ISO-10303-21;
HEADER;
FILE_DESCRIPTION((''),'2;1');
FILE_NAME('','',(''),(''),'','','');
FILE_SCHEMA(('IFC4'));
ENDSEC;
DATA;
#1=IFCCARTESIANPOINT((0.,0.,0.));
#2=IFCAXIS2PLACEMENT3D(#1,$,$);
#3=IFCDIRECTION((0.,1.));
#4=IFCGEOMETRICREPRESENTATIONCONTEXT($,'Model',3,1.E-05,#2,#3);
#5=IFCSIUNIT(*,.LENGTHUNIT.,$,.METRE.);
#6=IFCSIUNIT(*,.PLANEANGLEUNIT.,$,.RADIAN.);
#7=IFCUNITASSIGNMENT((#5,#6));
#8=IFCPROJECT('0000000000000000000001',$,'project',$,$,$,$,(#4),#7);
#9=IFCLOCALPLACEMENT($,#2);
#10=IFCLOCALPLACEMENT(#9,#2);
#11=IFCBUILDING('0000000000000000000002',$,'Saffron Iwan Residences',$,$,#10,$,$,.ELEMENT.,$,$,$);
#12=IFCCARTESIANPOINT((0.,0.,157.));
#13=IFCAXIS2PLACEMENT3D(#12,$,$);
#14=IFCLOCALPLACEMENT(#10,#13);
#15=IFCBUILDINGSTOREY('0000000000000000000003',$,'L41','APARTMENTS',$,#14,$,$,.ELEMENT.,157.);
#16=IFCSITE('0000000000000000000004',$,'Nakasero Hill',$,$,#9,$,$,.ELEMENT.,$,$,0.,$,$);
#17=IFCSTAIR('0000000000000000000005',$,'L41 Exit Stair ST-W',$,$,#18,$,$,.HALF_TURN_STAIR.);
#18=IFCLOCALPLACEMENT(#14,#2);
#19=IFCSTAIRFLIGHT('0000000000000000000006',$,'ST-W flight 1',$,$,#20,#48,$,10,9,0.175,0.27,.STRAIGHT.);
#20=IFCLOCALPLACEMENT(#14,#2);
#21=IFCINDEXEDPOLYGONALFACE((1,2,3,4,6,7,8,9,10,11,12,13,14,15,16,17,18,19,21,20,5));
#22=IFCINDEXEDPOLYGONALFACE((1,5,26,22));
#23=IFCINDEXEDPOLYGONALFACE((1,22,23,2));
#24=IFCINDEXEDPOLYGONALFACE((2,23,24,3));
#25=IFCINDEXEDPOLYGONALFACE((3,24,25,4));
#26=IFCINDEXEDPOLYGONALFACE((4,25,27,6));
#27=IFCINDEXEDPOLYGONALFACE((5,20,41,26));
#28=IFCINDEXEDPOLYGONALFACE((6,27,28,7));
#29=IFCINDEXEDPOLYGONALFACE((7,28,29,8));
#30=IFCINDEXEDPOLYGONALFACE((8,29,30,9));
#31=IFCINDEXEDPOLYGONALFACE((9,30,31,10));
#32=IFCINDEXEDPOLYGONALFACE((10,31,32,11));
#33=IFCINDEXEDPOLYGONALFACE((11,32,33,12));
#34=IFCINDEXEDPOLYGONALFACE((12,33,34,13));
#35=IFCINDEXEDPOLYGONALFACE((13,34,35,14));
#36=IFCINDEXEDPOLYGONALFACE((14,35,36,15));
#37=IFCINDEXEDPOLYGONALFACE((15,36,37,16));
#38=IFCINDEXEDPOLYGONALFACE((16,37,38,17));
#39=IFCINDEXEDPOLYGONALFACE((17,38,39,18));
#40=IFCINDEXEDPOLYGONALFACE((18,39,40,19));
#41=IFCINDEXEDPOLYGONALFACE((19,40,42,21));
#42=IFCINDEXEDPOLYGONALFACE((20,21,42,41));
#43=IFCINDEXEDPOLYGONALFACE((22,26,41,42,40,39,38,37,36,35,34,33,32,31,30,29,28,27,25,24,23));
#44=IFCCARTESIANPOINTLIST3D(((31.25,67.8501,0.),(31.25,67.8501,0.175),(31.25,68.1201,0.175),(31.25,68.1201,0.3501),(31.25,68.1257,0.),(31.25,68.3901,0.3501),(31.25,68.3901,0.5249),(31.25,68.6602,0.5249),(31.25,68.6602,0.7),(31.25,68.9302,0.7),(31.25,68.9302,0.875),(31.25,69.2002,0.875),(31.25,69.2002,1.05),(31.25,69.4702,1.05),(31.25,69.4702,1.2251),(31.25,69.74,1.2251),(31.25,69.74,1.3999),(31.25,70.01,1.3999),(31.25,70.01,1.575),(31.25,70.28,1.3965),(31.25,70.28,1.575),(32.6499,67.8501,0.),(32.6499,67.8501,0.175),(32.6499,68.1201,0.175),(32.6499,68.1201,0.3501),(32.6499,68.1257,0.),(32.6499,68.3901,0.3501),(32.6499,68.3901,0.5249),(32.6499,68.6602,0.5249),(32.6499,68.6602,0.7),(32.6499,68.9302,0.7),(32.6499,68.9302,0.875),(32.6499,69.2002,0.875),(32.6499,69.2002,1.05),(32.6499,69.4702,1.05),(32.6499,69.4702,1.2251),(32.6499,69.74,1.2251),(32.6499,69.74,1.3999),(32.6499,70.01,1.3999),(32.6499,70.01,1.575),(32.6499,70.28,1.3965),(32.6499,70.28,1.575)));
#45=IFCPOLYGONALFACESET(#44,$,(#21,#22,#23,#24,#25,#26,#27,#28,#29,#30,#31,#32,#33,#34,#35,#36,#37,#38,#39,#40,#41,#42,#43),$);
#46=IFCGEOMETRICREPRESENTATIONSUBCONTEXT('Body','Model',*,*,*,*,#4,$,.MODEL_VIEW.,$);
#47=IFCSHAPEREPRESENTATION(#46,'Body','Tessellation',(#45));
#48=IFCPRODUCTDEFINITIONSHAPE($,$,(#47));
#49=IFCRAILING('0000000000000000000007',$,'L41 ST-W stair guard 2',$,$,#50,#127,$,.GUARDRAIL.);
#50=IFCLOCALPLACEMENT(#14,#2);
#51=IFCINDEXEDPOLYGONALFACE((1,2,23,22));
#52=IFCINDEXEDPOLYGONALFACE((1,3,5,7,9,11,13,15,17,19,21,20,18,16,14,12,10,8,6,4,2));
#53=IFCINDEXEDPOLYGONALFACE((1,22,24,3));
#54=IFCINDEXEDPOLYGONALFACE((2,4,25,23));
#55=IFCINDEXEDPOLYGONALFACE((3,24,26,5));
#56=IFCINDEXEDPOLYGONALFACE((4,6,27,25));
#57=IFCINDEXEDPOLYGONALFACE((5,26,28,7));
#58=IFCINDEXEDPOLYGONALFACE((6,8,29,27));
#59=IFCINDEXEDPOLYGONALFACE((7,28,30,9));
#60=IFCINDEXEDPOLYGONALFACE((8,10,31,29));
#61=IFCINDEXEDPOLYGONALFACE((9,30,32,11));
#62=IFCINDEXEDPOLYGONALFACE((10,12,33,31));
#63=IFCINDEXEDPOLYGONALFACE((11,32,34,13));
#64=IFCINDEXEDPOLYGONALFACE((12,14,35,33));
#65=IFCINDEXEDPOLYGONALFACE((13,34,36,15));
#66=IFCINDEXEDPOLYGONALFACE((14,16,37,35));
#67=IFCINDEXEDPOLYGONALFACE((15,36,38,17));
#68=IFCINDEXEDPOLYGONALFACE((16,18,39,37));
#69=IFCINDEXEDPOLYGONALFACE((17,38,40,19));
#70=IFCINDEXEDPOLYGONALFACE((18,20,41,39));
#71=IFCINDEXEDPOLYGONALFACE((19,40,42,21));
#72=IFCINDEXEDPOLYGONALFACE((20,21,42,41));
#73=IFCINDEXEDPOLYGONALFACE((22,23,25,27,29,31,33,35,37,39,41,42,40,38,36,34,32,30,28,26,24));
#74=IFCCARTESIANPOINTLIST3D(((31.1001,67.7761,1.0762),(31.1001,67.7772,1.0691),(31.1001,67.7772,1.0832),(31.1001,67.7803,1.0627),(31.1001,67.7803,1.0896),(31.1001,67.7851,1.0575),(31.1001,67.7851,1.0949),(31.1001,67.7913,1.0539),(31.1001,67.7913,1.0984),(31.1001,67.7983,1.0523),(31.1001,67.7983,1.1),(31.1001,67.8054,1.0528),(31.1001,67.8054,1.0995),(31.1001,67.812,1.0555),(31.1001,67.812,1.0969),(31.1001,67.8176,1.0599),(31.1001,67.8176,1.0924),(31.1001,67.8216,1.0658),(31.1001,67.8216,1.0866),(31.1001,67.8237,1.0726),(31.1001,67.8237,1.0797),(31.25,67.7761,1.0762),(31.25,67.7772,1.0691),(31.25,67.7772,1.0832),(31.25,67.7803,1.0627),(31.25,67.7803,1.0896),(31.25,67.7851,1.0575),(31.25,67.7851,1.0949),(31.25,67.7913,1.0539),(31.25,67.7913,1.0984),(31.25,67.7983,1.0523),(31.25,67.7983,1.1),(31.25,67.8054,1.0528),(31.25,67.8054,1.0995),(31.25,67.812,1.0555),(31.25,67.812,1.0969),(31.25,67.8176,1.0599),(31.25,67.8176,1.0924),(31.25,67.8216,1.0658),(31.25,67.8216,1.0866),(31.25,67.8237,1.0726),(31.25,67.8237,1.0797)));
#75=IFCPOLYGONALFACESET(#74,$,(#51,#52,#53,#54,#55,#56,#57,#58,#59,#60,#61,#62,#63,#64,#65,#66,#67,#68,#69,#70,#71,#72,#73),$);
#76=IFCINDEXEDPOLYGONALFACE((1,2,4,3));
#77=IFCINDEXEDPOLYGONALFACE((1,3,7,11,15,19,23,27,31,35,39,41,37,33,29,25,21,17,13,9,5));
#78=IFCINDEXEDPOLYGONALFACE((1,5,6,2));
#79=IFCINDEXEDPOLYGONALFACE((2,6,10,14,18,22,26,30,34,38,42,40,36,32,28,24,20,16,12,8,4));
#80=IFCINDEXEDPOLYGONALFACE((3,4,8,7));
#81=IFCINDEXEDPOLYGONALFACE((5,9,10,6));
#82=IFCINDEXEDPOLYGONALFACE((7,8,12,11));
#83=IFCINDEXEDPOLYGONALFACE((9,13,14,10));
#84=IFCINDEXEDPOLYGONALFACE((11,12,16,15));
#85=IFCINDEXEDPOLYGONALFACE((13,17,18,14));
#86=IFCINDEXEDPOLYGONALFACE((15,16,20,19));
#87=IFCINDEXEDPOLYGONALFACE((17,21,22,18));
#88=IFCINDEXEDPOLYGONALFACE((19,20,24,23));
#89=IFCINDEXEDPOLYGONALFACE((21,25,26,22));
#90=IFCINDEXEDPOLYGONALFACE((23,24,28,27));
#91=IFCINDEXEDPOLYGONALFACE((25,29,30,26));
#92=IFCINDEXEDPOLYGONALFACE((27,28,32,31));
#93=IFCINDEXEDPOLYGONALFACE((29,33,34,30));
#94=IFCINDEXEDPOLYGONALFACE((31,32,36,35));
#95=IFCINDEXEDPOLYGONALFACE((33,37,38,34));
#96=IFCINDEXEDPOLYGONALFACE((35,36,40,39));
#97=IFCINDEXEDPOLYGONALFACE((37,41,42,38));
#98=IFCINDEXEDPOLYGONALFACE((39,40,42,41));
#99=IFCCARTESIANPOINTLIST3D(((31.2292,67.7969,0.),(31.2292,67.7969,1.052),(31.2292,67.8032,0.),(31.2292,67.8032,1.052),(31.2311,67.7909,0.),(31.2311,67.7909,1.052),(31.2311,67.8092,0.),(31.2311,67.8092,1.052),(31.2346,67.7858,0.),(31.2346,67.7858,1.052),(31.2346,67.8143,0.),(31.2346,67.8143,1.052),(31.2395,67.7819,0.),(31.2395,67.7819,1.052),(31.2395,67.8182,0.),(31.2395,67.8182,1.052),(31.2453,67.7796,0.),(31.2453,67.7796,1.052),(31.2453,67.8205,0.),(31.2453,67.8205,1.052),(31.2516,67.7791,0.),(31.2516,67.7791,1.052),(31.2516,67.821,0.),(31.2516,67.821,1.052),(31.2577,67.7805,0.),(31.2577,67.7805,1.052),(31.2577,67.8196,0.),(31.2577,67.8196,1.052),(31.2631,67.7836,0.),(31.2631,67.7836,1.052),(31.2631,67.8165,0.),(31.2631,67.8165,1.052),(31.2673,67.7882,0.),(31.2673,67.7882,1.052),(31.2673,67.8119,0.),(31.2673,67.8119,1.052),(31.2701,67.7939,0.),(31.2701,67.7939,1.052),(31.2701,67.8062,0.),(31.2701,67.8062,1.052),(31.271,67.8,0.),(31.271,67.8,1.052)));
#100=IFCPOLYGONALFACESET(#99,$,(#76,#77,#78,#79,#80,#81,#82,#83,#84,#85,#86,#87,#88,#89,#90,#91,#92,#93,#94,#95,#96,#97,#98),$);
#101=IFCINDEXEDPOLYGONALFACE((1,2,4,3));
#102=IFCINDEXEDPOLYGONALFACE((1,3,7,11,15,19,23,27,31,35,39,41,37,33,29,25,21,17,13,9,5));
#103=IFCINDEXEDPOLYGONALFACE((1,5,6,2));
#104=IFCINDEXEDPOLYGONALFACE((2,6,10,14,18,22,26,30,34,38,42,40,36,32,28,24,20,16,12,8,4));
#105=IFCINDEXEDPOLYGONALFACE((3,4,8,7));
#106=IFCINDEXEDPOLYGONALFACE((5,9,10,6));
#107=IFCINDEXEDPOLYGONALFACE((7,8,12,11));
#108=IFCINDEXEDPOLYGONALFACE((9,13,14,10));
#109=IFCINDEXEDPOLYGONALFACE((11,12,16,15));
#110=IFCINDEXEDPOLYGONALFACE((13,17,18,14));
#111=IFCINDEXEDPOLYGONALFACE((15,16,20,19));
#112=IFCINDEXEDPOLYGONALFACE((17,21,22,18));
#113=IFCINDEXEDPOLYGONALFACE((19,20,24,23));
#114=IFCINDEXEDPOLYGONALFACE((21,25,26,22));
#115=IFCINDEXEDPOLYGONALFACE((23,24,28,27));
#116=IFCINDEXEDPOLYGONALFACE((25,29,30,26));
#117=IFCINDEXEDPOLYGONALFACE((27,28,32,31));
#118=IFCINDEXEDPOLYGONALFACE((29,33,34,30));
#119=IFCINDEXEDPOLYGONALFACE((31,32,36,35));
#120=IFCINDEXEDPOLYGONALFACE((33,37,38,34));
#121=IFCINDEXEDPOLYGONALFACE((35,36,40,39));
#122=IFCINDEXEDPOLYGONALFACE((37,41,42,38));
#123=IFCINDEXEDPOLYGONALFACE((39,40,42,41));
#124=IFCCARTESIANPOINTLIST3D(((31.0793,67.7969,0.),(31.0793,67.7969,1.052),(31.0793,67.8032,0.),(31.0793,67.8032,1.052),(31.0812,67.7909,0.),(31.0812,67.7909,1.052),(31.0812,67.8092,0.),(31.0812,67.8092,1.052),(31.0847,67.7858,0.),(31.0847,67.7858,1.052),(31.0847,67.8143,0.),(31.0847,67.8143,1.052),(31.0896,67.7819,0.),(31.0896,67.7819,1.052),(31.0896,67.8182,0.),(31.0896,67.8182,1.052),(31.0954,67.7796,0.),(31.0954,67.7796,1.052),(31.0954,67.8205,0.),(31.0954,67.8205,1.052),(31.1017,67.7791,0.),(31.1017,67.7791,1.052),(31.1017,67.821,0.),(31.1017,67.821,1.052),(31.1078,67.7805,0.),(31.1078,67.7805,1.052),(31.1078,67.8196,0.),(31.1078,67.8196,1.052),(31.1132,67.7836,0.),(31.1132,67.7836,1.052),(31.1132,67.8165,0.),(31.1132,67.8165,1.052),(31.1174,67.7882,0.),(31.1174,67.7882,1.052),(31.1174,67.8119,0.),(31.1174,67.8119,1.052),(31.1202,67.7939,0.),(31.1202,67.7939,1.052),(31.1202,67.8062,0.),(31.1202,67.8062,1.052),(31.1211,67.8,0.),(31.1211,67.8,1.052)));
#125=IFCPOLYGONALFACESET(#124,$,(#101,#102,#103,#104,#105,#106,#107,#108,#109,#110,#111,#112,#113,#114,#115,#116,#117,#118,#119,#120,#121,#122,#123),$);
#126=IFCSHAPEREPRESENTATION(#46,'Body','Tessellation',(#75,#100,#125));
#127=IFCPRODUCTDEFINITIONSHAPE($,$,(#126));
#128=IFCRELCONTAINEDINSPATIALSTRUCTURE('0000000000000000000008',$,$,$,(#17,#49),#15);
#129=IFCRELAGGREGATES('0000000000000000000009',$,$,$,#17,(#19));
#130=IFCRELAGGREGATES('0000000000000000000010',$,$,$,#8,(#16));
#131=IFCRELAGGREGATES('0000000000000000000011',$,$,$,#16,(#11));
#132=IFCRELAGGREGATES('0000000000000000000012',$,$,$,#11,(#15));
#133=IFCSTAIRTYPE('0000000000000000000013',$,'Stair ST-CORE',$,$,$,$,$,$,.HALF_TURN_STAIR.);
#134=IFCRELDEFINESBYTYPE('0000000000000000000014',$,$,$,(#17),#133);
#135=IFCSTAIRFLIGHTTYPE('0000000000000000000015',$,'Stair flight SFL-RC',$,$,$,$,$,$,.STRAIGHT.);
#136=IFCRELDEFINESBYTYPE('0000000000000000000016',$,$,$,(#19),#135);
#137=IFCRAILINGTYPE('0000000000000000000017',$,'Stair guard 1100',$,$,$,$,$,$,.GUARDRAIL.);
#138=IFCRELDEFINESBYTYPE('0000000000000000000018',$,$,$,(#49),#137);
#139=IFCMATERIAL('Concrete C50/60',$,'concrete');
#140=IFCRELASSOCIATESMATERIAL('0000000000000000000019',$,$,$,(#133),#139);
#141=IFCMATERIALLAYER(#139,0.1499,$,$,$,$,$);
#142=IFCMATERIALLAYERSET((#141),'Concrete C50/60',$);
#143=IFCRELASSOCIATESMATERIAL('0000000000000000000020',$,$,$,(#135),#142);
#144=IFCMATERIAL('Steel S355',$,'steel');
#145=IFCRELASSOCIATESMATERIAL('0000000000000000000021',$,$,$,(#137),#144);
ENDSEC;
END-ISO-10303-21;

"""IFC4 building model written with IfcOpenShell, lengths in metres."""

from ifc_helpers import new_model, si_unit, direction, frame, origin, origin_2d, place, context, subcontext, project, spatial, polyline, circle, outline, extrude, material, layer, layer_set, type_object, element, aggregate, save


model = new_model("IFC4")

# Units and contexts
model_context = context("Model", 3, precision=1e-05, world=origin(), true_north=direction((0.0, 1.0)))
body_context = subcontext(model_context, "Body", "Model", "MODEL_VIEW")
ifc_project = project(units=[si_unit("LENGTHUNIT", "METRE"), si_unit("PLANEANGLEUNIT", "RADIAN")], contexts=[model_context])

# Site, building, storey
site_placement = place(None, origin())
site = spatial("IfcSite", under=ifc_project, at=site_placement, Name="Nakasero Hill", CompositionType="ELEMENT", RefElevation=0.0)
building_placement = place(site_placement, origin())
building = spatial("IfcBuilding", under=site, at=building_placement, Name="Saffron Iwan Residences", CompositionType="ELEMENT")
storey_placement = place(building_placement, frame((0.0, 0.0, 157.0)))
storey = spatial("IfcBuildingStorey", under=building, at=storey_placement, Name="L41", Description="APARTMENTS", CompositionType="ELEMENT", Elevation=157.0)

# Shared definitions
ifc_material_1 = material(Name="Concrete C50/60", Category="concrete")

# Stair, stair flight
stair_type = type_object("IfcStairType", Name="Stair ST-CORE", PredefinedType="HALF_TURN_STAIR", material=ifc_material_1)
stair_placement = place(storey_placement, origin())
stair = element("IfcStair", 1, at=stair_placement, inside=storey, type_object=stair_type, Name="L41 Exit Stair ST-W", PredefinedType="HALF_TURN_STAIR")
ifc_layer_1 = layer(ifc_material_1, 0.1499)
ifc_layer_set_1 = layer_set([ifc_layer_1], Name="Concrete C50/60")
stair_flight_type = type_object("IfcStairFlightType", Name="Stair flight SFL-RC", PredefinedType="STRAIGHT", material=ifc_layer_set_1)
stair_flight_placement = place(storey_placement, frame((31.95, 67.8501, 0.0), z_axis=(0.0, 0.0, 1.0), x_axis=(0.0, 1.0, 0.0)))
stair_flight = element("IfcStairFlight", 2, at=stair_flight_placement, type_object=stair_flight_type, Name="ST-W flight 1", NumberOfRisers=10, NumberOfTreads=9, PredefinedType="STRAIGHT", RiserHeight=0.175, TreadLength=0.27, context=body_context, shape_type="SweptSolid", body=[
    extrude(outline(polyline([(0.0, 0.0), (0.0, 0.175), (0.27, 0.175), (0.27, 0.3501), (0.54, 0.3501), (0.54, 0.5249), (0.8101, 0.5249), (0.8101, 0.7), (1.0801, 0.7), (1.0801, 0.875), (1.3501, 0.875), (1.3501, 1.05), (1.6201, 1.05), (1.6201, 1.2251), (1.8899, 1.2251), (1.8899, 1.3999), (2.1599, 1.3999), (2.1599, 1.575), (2.4299, 1.575), (2.4299, 1.75), (2.4299, 1.3965), (0.2756, 0.0), (0.0, 0.0)])), frame((0.0, 0.7, 0.0), z_axis=(0.0, -1.0, 0.0), x_axis=(1.0, 0.0, 0.0)), (0.0, 0.0, 1.0), 1.3999),
])
aggregate(stair, [stair_flight])

# Railing
ifc_material_2 = material(Name="Steel S355", Category="steel")
railing_type_1 = type_object("IfcRailingType", Name="Stair guard 1100", PredefinedType="GUARDRAIL", material=ifc_material_2)
railing_1_placement = place(storey_placement, frame((31.25, 67.8, 0.0)))
element("IfcRailing", 3, at=railing_1_placement, inside=storey, type_object=railing_type_1, Name="L41 ST-W stair guard 2", PredefinedType="GUARDRAIL", context=body_context, shape_type="SweptSolid", body=[
    extrude(circle(Radius=0.0239, at=origin_2d()), frame((0.0, 0.0, 1.0762), z_axis=(-1.0, 0.0, 0.0), x_axis=(0.0, -1.0, 0.0)), (0.0, 0.0, 1.0), 0.1499),
    extrude(circle(Radius=0.021, at=origin_2d()), origin(), (0.0, 0.0, 1.0), 1.052),
    extrude(circle(Radius=0.021, at=origin_2d()), frame((-0.1499, 0.0, 0.0)), (0.0, 0.0, 1.0), 1.052),
])

save(model, "model.ifc")
